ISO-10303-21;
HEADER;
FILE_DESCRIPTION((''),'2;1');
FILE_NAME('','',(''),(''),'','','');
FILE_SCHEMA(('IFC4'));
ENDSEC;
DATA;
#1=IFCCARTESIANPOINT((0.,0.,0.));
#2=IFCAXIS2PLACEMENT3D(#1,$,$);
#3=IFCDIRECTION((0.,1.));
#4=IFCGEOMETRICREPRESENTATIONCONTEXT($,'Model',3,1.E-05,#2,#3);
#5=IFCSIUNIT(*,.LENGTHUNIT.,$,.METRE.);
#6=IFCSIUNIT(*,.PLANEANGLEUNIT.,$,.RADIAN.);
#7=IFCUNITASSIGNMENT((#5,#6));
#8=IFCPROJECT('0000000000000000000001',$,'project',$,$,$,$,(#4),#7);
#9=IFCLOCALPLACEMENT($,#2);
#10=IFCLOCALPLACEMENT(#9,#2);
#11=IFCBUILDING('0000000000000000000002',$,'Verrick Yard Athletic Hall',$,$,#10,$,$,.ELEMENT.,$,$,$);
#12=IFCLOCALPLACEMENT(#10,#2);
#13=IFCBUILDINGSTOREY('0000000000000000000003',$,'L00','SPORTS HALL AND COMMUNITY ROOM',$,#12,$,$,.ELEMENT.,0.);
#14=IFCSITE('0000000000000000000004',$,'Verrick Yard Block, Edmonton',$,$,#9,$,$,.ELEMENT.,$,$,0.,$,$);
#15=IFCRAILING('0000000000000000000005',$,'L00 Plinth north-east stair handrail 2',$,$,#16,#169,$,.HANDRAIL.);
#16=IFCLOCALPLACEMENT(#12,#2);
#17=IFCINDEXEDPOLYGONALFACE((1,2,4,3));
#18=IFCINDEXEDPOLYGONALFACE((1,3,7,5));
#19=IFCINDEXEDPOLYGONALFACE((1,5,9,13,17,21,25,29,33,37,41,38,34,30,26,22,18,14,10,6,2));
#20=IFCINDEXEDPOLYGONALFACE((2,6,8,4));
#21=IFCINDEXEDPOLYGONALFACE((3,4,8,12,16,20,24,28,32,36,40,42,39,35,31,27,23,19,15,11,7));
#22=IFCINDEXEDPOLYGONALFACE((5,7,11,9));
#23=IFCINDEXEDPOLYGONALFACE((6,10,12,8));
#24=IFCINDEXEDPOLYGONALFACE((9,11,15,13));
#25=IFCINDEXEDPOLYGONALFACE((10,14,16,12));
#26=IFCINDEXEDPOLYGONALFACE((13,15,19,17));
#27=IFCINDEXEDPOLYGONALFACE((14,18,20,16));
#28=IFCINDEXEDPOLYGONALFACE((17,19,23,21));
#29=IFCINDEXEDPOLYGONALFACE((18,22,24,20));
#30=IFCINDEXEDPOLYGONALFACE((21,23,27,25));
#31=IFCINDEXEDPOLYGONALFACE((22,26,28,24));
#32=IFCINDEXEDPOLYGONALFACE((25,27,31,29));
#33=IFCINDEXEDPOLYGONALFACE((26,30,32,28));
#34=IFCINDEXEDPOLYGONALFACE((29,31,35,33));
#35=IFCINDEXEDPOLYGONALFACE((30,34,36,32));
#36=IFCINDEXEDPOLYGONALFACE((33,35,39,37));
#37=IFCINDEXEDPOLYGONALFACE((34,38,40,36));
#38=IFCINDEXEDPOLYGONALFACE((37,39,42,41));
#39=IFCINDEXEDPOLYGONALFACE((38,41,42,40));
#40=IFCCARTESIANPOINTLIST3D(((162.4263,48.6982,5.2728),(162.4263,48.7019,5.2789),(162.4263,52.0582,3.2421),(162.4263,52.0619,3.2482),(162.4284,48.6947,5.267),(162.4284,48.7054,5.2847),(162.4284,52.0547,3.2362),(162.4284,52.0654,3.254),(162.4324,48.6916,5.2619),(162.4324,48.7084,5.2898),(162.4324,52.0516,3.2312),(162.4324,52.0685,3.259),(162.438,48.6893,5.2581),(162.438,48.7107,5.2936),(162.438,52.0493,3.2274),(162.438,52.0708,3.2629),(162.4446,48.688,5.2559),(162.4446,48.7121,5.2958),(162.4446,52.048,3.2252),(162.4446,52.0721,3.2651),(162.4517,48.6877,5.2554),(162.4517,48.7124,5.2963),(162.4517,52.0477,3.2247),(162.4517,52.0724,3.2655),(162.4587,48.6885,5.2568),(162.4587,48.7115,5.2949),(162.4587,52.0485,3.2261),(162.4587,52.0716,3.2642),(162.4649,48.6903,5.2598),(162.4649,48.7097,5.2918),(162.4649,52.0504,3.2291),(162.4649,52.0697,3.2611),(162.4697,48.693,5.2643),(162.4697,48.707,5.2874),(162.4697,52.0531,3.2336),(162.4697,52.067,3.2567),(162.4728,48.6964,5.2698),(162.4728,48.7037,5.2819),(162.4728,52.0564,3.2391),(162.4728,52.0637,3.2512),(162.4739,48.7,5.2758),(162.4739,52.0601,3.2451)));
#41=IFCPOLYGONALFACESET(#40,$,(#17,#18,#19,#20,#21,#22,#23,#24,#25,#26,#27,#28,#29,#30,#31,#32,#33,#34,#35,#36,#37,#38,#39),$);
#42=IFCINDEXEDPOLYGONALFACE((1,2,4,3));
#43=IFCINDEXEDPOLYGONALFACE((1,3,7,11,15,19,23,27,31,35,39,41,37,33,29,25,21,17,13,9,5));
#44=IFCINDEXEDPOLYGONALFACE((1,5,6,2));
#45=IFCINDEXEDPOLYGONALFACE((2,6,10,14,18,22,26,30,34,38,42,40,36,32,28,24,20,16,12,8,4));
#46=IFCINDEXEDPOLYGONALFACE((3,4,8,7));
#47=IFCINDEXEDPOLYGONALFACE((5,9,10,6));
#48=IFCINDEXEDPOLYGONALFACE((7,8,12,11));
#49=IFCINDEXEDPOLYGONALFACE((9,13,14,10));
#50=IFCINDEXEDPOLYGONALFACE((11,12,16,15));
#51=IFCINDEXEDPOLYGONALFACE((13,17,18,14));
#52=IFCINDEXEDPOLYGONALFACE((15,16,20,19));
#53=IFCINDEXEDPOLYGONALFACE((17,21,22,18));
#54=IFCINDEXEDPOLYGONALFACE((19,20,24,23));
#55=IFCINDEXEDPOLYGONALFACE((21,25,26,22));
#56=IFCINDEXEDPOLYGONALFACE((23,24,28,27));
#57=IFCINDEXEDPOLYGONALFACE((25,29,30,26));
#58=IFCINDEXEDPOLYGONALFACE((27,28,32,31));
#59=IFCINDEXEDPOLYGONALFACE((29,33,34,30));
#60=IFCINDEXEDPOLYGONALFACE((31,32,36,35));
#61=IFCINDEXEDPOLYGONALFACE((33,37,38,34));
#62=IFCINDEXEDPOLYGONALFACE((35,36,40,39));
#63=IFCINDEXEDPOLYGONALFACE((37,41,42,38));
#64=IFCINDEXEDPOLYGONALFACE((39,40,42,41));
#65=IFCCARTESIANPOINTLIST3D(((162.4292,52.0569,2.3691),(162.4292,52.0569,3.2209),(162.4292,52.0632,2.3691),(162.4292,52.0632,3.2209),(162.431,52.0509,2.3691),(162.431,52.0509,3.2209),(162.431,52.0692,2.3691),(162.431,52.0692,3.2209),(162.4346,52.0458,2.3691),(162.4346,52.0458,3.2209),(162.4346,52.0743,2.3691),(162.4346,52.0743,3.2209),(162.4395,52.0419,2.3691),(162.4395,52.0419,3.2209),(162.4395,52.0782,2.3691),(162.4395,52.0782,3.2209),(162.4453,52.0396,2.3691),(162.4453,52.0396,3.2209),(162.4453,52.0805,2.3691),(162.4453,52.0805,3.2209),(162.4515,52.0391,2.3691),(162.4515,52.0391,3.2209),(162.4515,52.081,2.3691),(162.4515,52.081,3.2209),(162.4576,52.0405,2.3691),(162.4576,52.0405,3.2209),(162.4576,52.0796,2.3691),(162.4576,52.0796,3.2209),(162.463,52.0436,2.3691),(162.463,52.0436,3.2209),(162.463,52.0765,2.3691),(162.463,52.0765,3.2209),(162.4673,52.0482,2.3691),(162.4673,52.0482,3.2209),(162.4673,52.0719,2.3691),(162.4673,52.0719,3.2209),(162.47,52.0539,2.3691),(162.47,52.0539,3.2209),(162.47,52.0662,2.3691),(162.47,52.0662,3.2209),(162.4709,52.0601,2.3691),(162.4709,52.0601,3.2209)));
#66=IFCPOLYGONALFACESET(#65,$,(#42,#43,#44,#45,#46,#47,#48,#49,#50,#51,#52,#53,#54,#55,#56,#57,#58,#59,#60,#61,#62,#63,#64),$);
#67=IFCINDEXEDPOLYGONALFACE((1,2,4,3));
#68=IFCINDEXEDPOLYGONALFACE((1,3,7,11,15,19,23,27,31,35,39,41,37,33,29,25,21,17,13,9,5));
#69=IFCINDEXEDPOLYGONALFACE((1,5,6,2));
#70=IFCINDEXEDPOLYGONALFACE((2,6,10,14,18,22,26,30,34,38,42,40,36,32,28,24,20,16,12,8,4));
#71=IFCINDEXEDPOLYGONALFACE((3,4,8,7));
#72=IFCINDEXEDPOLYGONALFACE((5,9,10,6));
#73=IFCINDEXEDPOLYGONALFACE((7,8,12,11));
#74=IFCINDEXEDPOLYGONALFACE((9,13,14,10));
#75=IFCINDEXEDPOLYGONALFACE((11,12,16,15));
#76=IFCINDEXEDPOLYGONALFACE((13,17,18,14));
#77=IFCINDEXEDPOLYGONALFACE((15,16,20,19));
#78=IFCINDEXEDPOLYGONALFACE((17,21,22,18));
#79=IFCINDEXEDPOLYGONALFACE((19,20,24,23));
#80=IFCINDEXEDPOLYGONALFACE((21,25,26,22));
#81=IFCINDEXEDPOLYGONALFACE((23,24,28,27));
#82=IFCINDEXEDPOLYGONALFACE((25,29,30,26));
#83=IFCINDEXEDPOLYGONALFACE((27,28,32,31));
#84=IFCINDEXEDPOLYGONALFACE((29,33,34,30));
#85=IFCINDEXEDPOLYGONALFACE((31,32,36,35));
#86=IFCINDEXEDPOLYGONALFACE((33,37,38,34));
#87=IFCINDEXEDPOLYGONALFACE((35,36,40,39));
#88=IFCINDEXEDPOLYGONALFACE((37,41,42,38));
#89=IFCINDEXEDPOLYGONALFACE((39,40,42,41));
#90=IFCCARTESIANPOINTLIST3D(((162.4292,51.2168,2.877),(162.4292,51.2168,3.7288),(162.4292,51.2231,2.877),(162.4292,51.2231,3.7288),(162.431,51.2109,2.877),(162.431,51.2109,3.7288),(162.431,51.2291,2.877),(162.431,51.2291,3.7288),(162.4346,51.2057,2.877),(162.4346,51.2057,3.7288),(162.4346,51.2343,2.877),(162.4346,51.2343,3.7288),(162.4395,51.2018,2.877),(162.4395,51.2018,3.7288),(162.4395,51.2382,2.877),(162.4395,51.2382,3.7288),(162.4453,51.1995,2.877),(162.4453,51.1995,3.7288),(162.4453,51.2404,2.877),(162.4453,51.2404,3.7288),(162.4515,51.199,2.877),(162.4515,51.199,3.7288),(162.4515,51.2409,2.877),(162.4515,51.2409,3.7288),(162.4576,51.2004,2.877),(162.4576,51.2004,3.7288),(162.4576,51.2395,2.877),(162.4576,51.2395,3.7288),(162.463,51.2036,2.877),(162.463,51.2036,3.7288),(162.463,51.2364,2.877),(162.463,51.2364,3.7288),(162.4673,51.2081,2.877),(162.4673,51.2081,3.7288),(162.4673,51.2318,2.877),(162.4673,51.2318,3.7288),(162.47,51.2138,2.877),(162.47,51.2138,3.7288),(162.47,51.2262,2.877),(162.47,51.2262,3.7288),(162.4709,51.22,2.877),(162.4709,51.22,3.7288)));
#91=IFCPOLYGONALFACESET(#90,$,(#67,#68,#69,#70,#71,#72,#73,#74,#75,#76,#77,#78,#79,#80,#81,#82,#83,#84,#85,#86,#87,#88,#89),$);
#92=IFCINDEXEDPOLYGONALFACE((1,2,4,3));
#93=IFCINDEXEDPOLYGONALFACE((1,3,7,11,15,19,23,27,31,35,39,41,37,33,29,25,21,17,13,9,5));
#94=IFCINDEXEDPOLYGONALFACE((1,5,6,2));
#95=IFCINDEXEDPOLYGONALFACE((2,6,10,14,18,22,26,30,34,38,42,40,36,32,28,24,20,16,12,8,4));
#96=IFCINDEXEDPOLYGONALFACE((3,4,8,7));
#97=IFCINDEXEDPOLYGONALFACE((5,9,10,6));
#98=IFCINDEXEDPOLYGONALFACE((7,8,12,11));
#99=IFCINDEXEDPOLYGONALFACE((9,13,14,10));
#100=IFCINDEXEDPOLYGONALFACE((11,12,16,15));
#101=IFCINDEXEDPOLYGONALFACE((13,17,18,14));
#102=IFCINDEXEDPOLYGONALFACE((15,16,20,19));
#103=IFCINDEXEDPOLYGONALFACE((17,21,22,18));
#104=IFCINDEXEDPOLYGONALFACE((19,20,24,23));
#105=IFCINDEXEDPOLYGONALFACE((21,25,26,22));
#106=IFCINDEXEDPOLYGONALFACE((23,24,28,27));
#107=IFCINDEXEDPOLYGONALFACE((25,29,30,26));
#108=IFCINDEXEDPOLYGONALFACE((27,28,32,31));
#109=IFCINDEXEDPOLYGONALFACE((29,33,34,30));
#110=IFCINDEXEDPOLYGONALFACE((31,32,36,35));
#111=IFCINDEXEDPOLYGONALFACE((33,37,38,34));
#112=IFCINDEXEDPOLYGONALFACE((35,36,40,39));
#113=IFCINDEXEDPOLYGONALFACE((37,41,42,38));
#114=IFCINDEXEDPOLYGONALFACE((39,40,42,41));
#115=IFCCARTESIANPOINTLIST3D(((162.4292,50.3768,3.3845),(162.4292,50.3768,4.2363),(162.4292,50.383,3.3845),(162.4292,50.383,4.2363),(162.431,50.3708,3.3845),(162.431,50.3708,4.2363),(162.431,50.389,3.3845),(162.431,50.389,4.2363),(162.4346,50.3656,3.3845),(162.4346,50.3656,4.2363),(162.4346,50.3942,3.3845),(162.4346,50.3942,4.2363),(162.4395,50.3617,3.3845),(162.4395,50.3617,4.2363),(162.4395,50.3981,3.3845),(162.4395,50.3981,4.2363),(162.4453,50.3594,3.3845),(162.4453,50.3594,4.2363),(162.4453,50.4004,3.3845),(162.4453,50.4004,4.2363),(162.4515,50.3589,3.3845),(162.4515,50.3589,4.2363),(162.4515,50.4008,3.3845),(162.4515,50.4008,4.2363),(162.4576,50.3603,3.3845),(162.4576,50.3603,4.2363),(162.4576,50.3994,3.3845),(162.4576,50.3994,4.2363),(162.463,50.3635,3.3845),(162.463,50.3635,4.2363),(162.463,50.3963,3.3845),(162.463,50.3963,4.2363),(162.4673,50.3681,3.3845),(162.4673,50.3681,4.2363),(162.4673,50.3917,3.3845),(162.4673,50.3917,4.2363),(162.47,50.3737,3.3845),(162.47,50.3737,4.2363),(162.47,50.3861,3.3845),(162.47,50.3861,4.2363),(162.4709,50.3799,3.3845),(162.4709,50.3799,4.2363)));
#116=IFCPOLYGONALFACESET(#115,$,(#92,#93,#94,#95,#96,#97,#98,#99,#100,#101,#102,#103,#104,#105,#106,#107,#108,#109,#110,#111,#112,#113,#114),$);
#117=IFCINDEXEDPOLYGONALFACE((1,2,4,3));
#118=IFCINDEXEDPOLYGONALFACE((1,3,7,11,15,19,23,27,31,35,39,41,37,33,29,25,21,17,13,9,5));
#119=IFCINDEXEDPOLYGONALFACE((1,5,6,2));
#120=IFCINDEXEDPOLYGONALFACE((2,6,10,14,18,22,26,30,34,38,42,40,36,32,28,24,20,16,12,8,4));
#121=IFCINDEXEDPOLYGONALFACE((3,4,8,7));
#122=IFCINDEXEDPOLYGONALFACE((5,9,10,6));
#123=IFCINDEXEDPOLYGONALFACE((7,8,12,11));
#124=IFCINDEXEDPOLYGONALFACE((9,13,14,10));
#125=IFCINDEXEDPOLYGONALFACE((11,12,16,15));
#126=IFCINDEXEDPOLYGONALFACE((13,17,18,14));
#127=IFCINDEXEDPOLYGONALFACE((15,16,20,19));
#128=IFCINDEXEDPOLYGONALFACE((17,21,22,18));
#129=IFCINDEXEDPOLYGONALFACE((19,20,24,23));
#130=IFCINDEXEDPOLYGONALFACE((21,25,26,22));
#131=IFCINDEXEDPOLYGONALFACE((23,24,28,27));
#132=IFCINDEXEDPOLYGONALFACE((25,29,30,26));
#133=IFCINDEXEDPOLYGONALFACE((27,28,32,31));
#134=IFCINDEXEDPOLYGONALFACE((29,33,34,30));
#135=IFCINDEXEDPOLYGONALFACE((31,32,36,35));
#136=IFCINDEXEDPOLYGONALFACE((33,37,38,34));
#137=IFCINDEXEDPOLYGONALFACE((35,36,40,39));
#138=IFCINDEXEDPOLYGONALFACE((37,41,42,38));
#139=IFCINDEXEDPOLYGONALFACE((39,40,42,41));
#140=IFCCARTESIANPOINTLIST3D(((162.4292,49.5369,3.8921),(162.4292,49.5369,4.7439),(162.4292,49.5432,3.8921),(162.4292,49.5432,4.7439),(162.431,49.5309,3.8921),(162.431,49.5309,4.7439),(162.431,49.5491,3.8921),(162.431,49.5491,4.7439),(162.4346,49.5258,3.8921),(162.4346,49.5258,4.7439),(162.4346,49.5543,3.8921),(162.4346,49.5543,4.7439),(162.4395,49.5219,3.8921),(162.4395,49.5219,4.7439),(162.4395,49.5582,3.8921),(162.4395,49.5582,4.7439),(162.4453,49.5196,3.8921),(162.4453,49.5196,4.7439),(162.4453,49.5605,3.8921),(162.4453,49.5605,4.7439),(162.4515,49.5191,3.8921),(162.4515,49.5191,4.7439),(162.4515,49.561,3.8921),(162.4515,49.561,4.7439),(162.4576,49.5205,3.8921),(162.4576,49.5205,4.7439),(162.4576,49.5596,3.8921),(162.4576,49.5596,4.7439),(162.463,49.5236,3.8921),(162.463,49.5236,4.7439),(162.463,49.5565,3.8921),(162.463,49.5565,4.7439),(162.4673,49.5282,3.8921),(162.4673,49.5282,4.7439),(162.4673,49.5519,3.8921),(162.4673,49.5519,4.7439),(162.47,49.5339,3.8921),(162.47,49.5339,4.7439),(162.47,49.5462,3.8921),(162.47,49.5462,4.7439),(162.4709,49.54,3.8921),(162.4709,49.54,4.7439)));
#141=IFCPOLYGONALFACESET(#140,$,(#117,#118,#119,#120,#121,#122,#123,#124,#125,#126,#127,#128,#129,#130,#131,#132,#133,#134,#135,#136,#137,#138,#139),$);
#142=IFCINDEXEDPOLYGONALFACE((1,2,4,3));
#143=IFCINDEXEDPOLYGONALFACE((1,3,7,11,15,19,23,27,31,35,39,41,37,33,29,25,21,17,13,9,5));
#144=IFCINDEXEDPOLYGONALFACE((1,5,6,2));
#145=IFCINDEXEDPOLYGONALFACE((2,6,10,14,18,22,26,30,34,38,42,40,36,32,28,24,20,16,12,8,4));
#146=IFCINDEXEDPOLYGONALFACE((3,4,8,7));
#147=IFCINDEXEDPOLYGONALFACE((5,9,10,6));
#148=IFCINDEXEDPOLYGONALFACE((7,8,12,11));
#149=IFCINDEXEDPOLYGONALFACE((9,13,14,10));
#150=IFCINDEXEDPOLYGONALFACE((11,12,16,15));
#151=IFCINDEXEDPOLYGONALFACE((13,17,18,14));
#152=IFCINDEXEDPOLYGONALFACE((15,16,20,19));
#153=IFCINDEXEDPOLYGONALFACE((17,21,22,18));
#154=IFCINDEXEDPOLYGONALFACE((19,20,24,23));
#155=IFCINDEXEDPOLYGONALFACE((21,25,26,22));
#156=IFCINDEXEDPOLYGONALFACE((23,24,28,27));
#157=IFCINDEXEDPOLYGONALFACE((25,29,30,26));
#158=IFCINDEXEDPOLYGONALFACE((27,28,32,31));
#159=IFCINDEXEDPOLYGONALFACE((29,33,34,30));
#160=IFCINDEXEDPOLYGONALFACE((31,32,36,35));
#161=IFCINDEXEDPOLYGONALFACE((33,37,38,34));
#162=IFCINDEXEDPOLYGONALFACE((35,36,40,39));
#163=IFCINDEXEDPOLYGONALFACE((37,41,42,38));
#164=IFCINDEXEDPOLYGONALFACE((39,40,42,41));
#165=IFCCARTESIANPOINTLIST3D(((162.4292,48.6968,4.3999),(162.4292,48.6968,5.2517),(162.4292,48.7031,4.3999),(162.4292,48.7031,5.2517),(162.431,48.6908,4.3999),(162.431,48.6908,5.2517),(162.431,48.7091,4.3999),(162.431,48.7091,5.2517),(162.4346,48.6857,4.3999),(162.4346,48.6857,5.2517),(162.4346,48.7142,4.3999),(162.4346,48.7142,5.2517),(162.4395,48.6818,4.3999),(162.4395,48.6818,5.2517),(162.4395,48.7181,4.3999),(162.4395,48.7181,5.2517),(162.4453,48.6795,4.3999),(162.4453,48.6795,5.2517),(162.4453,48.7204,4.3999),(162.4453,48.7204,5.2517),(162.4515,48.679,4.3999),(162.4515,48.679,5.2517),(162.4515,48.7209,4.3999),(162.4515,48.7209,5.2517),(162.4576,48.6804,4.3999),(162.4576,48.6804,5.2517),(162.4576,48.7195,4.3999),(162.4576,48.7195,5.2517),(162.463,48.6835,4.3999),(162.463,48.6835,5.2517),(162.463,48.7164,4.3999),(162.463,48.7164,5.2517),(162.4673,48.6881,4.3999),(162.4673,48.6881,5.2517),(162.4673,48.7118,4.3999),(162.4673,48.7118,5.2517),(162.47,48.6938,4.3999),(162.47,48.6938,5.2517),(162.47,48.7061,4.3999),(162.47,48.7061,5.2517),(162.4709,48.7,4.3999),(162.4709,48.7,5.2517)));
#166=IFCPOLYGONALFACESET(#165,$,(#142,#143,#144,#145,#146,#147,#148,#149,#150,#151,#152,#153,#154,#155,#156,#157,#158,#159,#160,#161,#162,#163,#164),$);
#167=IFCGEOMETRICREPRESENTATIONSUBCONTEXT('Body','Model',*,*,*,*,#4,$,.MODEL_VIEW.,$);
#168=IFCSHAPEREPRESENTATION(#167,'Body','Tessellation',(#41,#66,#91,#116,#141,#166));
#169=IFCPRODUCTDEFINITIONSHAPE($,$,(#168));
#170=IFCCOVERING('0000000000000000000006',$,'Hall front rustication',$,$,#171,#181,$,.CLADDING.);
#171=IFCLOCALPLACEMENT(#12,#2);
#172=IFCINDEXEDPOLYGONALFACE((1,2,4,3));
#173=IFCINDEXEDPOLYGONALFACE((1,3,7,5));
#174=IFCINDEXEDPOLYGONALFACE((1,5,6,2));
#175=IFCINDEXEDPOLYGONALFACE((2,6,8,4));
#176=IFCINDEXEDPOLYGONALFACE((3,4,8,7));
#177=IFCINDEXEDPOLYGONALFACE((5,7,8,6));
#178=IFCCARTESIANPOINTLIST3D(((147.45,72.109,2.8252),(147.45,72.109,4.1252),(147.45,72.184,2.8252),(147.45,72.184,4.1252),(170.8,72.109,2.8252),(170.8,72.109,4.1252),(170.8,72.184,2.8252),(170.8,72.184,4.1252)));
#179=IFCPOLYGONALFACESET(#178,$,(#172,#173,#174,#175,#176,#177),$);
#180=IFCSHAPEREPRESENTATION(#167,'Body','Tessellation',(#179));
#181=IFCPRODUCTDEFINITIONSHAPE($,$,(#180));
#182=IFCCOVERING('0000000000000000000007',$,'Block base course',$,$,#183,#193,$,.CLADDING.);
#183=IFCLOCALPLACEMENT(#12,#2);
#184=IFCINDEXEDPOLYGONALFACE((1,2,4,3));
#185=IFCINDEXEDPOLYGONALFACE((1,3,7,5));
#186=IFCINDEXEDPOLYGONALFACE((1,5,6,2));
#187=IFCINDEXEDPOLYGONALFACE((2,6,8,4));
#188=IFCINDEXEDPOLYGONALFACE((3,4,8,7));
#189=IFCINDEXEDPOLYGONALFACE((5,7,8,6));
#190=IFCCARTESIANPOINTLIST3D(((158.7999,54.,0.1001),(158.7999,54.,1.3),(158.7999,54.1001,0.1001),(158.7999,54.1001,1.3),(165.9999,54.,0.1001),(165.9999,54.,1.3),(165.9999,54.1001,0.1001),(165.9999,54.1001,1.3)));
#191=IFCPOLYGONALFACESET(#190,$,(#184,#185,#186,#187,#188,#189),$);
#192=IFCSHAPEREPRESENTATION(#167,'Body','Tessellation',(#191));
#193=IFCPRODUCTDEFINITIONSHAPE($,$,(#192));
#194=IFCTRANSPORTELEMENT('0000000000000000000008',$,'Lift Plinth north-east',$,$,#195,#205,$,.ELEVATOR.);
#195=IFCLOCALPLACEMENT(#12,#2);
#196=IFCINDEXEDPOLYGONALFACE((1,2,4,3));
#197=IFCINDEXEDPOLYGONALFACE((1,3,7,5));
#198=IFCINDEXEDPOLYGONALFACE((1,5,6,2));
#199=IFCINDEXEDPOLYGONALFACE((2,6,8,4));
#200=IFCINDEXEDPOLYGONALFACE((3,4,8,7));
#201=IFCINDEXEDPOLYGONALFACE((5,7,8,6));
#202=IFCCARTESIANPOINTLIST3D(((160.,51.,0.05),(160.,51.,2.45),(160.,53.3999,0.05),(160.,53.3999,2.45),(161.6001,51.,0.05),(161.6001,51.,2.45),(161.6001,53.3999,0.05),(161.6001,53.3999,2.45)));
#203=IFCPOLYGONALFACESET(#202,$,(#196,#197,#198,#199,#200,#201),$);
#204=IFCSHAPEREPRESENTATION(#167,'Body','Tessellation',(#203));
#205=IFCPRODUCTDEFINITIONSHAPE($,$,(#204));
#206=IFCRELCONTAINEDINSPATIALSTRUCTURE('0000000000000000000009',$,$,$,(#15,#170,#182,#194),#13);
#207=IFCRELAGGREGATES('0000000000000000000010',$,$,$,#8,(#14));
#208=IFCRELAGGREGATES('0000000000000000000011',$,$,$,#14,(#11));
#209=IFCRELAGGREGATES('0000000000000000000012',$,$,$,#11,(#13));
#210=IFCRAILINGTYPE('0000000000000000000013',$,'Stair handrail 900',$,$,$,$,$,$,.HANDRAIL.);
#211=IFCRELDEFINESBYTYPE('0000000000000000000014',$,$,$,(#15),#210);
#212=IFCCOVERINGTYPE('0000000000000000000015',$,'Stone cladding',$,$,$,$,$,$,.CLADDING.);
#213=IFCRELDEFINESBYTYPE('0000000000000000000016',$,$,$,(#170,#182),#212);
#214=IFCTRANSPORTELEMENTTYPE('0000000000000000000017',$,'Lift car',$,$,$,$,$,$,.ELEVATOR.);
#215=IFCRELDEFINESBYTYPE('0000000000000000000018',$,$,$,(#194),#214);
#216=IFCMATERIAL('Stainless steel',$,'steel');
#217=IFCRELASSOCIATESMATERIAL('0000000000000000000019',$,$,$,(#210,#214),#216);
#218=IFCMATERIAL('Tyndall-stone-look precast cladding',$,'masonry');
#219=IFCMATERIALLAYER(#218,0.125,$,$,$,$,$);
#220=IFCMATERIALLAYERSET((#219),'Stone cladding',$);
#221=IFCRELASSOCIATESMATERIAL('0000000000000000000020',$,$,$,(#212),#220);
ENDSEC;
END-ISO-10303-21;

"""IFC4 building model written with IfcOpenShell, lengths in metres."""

from ifc_helpers import new_model, si_unit, direction, frame, origin, origin_2d, place, context, subcontext, project, spatial, rectangle, circle, extrude, material, layer, layer_set, type_object, element, save


model = new_model("IFC4")

# Units and contexts
model_context = context("Model", 3, precision=1e-05, world=origin(), true_north=direction((0.0, 1.0)))
body_context = subcontext(model_context, "Body", "Model", "MODEL_VIEW")
ifc_project = project(units=[si_unit("LENGTHUNIT", "METRE"), si_unit("PLANEANGLEUNIT", "RADIAN")], contexts=[model_context])

# Site, building, storey
site_placement = place(None, origin())
site = spatial("IfcSite", under=ifc_project, at=site_placement, Name="Verrick Yard Block, Edmonton", CompositionType="ELEMENT", RefElevation=0.0)
building_placement = place(site_placement, origin())
building = spatial("IfcBuilding", under=site, at=building_placement, Name="Verrick Yard Athletic Hall", CompositionType="ELEMENT")
storey_placement = place(building_placement, origin())
storey = spatial("IfcBuildingStorey", under=building, at=storey_placement, Name="L00", Description="SPORTS HALL AND COMMUNITY ROOM", CompositionType="ELEMENT", Elevation=0.0)

# Railing
ifc_material_1 = material(Name="Stainless steel", Category="steel")
railing_type_1 = type_object("IfcRailingType", Name="Stair handrail 900", PredefinedType="HANDRAIL", material=ifc_material_1)
railing_1_placement = place(storey_placement, frame((162.45, 52.0601, 2.3691)))
element("IfcRailing", 1, at=railing_1_placement, inside=storey, type_object=railing_type_1, Name="L00 Plinth north-east stair handrail 2", PredefinedType="HANDRAIL", context=body_context, shape_type="SweptSolid", body=[
    extrude(circle(Radius=0.0239, at=origin_2d()), frame((0.0, 0.0, 0.876), z_axis=(0.0, -0.855837, 0.517246), x_axis=(1.0, 0.0, 0.0)), (0.0, 0.0, 1.0), 3.926),
    extrude(circle(Radius=0.021, at=origin_2d()), origin(), (0.0, 0.0, 1.0), 0.8518),
    extrude(circle(Radius=0.021, at=origin_2d()), frame((0.0, -0.8401, 0.5078)), (0.0, 0.0, 1.0), 0.8518),
    extrude(circle(Radius=0.021, at=origin_2d()), frame((0.0, -1.6802, 1.0154)), (0.0, 0.0, 1.0), 0.8518),
    extrude(circle(Radius=0.021, at=origin_2d()), frame((0.0, -2.52, 1.5229)), (0.0, 0.0, 1.0), 0.8518),
    extrude(circle(Radius=0.021, at=origin_2d()), frame((0.0, -3.3601, 2.0308)), (0.0, 0.0, 1.0), 0.8518),
])

# Coverings
ifc_material_2 = material(Name="Tyndall-stone-look precast cladding", Category="masonry")
ifc_layer_1 = layer(ifc_material_2, 0.125)
ifc_layer_set_1 = layer_set([ifc_layer_1], Name="Stone cladding")
covering_type_1 = type_object("IfcCoveringType", Name="Stone cladding", PredefinedType="CLADDING", material=ifc_layer_set_1)
covering_1_placement = place(storey_placement, frame((159.125, 72.1465, 2.8252), z_axis=(0.0, 0.0, 1.0), x_axis=(1.0, 0.0, 0.0)))
element("IfcCovering", 2, at=covering_1_placement, inside=storey, type_object=covering_type_1, Name="Hall front rustication", PredefinedType="CLADDING", context=body_context, shape_type="SweptSolid", body=[
    extrude(rectangle(XDim=23.3501, YDim=0.075, at=origin_2d()), origin(), (0.0, 0.0, 1.0), 1.3),
])
covering_2_placement = place(storey_placement, frame((162.3999, 54.05, 0.1001), z_axis=(0.0, 0.0, 1.0), x_axis=(1.0, 0.0, 0.0)))
element("IfcCovering", 3, at=covering_2_placement, inside=storey, type_object=covering_type_1, Name="Block base course", PredefinedType="CLADDING", context=body_context, shape_type="SweptSolid", body=[
    extrude(rectangle(XDim=7.2, YDim=0.1001, at=origin_2d()), origin(), (0.0, 0.0, 1.0), 1.2),
])

# Transport element
transport_element_type = type_object("IfcTransportElementType", Name="Lift car", PredefinedType="ELEVATOR", material=ifc_material_1)
transport_element_placement = place(storey_placement, frame((160.8, 52.2, 0.05), z_axis=(0.0, 0.0, 1.0), x_axis=(1.0, 0.0, 0.0)))
element("IfcTransportElement", 4, at=transport_element_placement, inside=storey, type_object=transport_element_type, Name="Lift Plinth north-east", PredefinedType="ELEVATOR", context=body_context, shape_type="SweptSolid", body=[
    extrude(rectangle(XDim=1.6001, YDim=2.3999, at=origin_2d()), origin(), (0.0, 0.0, 1.0), 2.3999),
])

save(model, "model.ifc")
